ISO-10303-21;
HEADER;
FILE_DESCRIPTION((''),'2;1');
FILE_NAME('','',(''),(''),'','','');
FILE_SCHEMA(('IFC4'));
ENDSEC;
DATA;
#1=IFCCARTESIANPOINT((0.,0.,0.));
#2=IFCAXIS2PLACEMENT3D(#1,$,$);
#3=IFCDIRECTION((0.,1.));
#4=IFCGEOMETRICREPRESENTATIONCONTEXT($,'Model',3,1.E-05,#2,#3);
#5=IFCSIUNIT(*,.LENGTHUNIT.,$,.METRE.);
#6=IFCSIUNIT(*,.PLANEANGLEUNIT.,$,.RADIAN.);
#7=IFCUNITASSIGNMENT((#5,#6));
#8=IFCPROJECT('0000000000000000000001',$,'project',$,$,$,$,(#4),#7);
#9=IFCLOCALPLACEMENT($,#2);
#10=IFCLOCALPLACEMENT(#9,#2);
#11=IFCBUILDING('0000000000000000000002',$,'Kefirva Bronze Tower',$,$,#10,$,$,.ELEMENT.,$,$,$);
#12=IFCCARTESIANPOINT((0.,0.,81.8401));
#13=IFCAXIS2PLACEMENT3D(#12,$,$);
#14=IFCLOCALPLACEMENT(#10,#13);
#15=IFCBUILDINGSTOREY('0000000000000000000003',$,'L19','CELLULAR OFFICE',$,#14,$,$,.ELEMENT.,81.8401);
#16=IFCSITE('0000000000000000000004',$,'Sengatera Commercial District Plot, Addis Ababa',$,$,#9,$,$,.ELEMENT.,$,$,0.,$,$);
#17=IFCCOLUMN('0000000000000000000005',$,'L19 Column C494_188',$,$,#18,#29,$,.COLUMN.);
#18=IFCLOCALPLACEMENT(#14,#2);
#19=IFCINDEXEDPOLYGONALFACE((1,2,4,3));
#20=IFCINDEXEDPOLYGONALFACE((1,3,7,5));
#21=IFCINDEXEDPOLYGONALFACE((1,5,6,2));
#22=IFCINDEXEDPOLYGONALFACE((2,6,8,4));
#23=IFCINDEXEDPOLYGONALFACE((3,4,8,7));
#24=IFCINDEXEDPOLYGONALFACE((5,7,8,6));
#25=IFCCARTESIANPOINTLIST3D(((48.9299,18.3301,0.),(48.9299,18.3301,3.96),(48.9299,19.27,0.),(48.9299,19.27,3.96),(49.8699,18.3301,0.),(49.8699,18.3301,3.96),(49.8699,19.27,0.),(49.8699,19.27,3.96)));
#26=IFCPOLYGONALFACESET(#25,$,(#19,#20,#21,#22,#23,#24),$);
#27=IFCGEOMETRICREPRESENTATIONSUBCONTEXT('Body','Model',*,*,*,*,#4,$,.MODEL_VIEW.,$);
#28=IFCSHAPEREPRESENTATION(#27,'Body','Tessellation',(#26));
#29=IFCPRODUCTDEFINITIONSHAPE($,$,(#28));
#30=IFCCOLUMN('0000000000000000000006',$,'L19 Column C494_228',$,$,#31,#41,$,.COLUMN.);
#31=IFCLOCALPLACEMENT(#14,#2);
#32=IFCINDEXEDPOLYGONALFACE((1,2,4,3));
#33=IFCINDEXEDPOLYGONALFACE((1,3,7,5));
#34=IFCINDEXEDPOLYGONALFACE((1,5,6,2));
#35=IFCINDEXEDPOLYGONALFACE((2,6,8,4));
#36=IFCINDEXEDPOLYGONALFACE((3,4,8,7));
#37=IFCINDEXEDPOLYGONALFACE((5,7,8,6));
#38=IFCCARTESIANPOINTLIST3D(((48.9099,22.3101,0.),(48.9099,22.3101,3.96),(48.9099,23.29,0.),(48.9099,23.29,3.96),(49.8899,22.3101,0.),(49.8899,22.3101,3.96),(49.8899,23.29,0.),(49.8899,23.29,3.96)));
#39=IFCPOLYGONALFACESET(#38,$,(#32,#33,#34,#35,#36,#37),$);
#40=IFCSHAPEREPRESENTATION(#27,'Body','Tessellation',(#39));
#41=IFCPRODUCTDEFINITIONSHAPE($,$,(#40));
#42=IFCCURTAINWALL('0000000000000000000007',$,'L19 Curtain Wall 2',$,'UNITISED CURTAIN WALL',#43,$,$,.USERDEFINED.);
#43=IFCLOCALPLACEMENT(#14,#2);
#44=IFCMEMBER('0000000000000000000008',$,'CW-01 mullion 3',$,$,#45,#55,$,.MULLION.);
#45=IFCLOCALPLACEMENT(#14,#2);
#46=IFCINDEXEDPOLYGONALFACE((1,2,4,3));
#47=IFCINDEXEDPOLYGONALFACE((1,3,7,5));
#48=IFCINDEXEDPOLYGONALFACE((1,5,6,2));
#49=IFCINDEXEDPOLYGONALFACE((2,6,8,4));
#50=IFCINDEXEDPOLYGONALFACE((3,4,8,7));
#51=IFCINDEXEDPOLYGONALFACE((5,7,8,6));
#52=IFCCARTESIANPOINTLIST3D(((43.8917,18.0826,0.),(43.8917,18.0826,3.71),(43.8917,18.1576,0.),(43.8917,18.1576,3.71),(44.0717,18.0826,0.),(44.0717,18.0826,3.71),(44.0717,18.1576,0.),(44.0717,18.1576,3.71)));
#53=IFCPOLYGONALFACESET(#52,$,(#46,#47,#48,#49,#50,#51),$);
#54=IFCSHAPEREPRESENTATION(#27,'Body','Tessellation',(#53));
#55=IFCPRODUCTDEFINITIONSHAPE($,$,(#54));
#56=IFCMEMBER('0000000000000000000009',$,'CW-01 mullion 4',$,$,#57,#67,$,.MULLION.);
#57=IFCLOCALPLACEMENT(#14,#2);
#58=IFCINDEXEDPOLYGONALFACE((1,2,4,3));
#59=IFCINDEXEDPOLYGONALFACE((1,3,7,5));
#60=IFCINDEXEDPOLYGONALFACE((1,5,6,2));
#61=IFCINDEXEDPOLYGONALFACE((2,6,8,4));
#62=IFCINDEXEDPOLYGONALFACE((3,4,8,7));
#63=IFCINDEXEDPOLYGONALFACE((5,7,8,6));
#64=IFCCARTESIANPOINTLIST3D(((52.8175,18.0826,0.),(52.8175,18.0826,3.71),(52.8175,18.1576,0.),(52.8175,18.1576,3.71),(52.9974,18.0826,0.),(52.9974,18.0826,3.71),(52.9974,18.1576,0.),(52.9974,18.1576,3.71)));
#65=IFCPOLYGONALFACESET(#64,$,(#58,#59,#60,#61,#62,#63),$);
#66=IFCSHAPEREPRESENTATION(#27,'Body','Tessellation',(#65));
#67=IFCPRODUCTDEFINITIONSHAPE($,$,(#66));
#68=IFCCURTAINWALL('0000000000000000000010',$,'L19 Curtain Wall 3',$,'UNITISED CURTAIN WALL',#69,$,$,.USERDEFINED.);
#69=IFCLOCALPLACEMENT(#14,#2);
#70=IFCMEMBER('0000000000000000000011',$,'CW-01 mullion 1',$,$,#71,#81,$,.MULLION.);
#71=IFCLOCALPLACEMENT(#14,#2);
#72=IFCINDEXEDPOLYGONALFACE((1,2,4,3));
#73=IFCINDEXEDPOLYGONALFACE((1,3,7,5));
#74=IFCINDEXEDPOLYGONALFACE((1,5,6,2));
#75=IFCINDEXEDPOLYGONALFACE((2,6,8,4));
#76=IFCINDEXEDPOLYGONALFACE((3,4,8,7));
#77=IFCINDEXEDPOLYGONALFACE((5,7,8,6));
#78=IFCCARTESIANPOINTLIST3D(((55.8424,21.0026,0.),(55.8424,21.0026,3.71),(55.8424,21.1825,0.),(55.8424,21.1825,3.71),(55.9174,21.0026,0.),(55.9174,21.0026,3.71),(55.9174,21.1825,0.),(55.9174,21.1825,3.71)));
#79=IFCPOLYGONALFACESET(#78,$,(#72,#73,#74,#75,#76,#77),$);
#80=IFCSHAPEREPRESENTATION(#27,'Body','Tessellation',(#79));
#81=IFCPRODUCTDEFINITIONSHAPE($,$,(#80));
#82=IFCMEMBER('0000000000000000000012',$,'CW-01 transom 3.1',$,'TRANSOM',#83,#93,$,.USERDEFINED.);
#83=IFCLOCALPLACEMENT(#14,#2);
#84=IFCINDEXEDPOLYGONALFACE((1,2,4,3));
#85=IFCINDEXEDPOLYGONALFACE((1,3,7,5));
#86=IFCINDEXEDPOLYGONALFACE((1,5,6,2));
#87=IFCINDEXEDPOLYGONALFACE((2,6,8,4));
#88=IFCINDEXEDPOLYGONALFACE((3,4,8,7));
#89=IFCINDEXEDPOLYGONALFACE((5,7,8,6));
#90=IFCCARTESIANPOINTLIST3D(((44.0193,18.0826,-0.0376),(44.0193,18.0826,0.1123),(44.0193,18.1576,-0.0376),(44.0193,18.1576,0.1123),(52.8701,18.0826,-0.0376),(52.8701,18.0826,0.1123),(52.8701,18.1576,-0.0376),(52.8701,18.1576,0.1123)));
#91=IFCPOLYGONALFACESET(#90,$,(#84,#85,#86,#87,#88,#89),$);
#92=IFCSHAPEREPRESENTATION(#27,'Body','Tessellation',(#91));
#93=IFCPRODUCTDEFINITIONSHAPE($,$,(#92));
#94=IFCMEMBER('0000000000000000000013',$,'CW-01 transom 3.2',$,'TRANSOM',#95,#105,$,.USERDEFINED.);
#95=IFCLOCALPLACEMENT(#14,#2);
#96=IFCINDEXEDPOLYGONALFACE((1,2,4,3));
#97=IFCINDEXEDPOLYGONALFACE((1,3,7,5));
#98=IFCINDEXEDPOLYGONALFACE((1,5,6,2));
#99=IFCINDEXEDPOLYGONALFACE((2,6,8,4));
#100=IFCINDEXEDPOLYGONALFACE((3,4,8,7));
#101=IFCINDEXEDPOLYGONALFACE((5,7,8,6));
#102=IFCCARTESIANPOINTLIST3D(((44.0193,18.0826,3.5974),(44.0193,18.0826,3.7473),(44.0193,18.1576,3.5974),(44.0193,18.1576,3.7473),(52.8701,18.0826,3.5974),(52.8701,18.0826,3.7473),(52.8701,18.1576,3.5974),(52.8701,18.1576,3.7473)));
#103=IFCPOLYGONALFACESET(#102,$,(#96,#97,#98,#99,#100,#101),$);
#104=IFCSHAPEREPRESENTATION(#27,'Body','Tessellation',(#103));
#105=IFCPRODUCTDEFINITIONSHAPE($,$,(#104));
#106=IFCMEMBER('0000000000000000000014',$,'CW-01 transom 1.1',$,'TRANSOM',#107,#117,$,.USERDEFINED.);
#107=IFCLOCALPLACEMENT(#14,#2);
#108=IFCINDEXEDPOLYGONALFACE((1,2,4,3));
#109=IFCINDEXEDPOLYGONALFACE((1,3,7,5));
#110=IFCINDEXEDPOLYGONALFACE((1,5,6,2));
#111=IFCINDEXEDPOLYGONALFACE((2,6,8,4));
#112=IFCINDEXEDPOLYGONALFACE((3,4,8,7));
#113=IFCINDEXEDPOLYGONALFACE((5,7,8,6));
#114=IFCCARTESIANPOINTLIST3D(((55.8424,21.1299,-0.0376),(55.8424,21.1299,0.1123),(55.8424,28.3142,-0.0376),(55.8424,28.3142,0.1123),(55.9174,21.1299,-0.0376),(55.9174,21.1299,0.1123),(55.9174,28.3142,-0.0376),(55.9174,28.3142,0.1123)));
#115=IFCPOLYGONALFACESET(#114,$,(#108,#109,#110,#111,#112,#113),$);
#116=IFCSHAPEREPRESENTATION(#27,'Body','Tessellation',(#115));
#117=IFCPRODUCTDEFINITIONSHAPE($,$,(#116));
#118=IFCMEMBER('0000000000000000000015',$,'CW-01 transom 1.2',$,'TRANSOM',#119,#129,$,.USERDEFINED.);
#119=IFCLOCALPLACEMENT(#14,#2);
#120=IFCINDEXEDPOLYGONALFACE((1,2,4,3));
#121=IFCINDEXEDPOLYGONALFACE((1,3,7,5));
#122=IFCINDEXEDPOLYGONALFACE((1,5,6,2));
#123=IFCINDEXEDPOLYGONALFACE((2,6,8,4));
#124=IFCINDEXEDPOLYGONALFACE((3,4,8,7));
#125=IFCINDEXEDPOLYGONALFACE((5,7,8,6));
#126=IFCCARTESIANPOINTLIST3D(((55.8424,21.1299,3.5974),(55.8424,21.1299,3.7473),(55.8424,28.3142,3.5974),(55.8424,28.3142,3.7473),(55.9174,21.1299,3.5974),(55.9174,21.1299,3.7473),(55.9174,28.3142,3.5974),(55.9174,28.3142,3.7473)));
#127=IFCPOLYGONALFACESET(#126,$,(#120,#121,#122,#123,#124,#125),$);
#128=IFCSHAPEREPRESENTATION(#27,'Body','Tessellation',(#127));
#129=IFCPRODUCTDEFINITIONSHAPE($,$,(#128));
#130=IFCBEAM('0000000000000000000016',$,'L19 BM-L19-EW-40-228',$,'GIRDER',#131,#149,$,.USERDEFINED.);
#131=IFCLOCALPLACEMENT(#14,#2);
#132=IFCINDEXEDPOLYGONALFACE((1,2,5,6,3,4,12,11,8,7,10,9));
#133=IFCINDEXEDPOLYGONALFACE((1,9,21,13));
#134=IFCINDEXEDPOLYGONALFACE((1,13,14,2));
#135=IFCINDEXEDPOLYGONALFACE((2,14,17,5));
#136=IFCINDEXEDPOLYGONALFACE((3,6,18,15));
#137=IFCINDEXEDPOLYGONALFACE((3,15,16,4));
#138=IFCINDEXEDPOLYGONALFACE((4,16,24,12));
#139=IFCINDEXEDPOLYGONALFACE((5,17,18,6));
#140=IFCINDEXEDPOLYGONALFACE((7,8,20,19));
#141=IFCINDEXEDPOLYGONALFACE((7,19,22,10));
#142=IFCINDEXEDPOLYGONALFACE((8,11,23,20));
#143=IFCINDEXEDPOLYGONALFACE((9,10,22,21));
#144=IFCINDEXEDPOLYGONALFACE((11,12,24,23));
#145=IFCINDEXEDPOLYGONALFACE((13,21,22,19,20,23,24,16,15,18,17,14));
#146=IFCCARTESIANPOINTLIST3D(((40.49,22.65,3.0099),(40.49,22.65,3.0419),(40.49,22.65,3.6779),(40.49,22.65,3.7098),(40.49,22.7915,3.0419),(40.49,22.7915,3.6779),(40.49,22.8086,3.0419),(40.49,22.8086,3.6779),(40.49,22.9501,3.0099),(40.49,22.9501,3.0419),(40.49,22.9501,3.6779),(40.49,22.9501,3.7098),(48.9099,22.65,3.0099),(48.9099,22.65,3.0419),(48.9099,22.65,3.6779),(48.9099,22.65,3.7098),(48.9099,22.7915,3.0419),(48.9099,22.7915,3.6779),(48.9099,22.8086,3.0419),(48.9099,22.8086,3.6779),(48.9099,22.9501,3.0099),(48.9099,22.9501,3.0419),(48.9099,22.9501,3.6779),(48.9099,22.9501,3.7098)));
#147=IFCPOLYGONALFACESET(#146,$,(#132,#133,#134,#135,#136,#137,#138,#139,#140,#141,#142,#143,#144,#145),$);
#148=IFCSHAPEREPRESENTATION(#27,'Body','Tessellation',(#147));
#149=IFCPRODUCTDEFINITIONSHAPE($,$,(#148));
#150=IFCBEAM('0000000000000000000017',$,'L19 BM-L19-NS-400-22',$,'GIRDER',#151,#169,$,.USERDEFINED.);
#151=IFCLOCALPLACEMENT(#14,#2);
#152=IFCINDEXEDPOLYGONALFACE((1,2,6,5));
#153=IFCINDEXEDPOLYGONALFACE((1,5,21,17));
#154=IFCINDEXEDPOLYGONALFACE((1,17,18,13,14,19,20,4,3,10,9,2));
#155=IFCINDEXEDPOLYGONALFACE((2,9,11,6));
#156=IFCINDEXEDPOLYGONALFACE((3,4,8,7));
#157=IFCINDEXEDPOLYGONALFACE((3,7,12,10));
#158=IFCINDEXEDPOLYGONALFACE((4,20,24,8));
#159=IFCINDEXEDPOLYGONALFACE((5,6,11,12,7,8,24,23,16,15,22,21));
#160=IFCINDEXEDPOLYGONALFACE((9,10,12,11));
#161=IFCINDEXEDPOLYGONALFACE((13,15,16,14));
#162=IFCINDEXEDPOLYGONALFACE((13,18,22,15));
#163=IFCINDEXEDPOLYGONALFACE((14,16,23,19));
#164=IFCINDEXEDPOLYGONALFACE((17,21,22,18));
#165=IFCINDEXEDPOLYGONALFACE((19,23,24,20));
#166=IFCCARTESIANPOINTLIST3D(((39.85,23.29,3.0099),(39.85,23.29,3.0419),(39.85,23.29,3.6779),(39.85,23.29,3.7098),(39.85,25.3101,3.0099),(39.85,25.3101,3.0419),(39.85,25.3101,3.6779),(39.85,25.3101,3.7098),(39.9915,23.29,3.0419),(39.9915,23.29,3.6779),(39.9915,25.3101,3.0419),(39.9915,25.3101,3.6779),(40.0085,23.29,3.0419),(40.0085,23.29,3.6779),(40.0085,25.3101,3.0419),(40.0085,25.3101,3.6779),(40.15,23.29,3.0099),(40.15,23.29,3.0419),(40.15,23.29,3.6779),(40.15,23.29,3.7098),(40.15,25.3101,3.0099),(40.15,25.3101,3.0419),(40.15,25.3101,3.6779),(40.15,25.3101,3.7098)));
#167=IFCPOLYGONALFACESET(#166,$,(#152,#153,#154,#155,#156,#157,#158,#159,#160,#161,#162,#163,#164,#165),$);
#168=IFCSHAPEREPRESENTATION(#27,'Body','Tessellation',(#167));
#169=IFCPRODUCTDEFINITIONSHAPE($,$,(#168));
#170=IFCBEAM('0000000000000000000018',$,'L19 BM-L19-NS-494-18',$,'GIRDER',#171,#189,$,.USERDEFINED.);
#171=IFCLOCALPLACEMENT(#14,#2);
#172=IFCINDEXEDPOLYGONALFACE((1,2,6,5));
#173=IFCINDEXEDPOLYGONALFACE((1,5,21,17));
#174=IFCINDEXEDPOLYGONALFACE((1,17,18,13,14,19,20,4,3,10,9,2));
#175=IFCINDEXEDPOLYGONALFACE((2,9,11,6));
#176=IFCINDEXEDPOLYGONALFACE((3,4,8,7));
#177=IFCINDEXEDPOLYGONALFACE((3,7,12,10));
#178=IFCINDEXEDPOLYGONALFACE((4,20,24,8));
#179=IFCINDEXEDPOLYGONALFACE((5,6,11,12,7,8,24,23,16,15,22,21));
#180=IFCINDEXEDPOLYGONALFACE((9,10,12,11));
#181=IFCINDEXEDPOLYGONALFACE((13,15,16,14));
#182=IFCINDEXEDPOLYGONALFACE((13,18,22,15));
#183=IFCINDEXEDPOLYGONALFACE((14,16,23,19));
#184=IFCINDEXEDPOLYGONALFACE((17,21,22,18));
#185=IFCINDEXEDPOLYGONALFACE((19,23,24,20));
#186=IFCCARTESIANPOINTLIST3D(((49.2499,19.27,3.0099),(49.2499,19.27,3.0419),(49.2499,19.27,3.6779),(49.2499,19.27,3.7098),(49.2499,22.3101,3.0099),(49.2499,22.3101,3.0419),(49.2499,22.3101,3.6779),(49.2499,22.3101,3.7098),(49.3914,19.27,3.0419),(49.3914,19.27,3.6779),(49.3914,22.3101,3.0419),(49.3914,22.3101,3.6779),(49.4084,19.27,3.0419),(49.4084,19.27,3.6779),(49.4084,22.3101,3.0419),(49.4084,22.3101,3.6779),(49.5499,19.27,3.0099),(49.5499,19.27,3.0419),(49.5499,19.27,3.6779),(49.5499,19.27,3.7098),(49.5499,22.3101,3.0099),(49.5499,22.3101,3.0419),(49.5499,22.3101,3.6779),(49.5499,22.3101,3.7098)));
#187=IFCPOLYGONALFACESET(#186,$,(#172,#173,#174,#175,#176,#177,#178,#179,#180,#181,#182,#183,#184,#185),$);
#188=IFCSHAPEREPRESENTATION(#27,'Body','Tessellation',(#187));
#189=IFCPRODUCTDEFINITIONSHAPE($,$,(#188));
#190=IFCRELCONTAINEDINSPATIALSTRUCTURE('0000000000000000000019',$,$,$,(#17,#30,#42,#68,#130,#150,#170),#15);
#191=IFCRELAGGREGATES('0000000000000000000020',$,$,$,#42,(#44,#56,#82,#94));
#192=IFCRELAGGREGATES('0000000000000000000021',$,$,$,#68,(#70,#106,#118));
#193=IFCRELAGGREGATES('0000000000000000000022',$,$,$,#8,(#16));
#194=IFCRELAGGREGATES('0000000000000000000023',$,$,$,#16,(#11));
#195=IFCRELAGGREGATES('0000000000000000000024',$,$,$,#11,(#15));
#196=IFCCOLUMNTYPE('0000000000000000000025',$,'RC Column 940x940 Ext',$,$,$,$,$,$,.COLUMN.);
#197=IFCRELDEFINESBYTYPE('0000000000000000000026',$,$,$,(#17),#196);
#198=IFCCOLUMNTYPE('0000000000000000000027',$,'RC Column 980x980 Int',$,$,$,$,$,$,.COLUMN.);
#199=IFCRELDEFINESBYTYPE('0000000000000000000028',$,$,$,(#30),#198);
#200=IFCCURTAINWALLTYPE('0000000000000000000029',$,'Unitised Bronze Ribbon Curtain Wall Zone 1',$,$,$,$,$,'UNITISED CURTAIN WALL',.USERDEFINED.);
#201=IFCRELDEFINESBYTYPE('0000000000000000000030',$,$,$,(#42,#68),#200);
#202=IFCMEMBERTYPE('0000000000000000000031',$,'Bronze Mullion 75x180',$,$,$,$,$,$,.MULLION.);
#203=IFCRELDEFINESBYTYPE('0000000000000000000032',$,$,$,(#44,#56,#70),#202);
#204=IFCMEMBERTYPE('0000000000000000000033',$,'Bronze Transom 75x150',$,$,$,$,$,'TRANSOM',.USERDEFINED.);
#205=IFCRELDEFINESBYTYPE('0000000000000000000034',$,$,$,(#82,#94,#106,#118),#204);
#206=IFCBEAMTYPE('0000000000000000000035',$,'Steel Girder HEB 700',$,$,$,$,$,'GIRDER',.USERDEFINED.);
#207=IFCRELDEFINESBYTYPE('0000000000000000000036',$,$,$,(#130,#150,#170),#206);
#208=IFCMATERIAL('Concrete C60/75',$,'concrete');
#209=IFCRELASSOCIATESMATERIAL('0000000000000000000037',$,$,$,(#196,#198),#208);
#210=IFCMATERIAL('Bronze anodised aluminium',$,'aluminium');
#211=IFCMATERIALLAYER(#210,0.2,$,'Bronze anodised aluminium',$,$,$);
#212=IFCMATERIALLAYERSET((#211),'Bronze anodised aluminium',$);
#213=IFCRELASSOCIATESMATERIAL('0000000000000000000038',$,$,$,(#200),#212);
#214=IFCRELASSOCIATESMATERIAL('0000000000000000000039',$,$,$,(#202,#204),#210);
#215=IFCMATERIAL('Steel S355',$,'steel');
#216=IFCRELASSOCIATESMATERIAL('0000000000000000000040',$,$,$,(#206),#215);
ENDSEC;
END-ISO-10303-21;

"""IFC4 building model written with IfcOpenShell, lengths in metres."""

from ifc_helpers import new_model, si_unit, direction, frame, origin, origin_2d, place, context, subcontext, project, spatial, rectangle, i_section, extrude, material, layer, layer_set, material_profile, profile_set, type_object, element, aggregate, save


model = new_model("IFC4")

# Units and contexts
model_context = context("Model", 3, precision=1e-05, world=origin(), true_north=direction((0.0, 1.0)))
body_context = subcontext(model_context, "Body", "Model", "MODEL_VIEW")
ifc_project = project(units=[si_unit("LENGTHUNIT", "METRE"), si_unit("PLANEANGLEUNIT", "RADIAN")], contexts=[model_context])

# Site, building, storey
site_placement = place(None, origin())
site = spatial("IfcSite", under=ifc_project, at=site_placement, Name="Sengatera Commercial District Plot, Addis Ababa", CompositionType="ELEMENT", RefElevation=0.0)
building_placement = place(site_placement, origin())
building = spatial("IfcBuilding", under=site, at=building_placement, Name="Kefirva Bronze Tower", CompositionType="ELEMENT")
storey_placement = place(building_placement, frame((0.0, 0.0, 81.8401)))
storey = spatial("IfcBuildingStorey", under=building, at=storey_placement, Name="L19", Description="CELLULAR OFFICE", CompositionType="ELEMENT", Elevation=81.8401)

# Columns
ifc_material_1 = material(Name="Concrete C60/75", Category="concrete")
ifc_material_profile_1 = material_profile(ifc_material_1, rectangle(XDim=0.9399, YDim=0.9399, at=origin_2d()), Name="RC 940x940")
ifc_profile_set_1 = profile_set([ifc_material_profile_1], Name="Concrete C60/75")
column_type_1 = type_object("IfcColumnType", Name="RC Column 940x940 Ext", PredefinedType="COLUMN", material=ifc_profile_set_1)
column_1_placement = place(storey_placement, frame((49.3999, 18.8, 0.0), z_axis=(0.0, 0.0, 1.0), x_axis=(1.0, 0.0, 0.0)))
element("IfcColumn", 1, at=column_1_placement, inside=storey, type_object=column_type_1, Name="L19 Column C494_188", PredefinedType="COLUMN", context=body_context, shape_type="SweptSolid", body=[
    extrude(rectangle(XDim=0.9399, YDim=0.9399, at=origin_2d()), origin(), (0.0, 0.0, 1.0), 3.96),
])
ifc_material_profile_2 = material_profile(ifc_material_1, rectangle(XDim=0.98, YDim=0.98, at=origin_2d()), Name="RC 980x980")
ifc_profile_set_2 = profile_set([ifc_material_profile_2], Name="Concrete C60/75")
column_type_2 = type_object("IfcColumnType", Name="RC Column 980x980 Int", PredefinedType="COLUMN", material=ifc_profile_set_2)
column_2_placement = place(storey_placement, frame((49.3999, 22.8, 0.0), z_axis=(0.0, 0.0, 1.0), x_axis=(1.0, 0.0, 0.0)))
element("IfcColumn", 2, at=column_2_placement, inside=storey, type_object=column_type_2, Name="L19 Column C494_228", PredefinedType="COLUMN", context=body_context, shape_type="SweptSolid", body=[
    extrude(rectangle(XDim=0.98, YDim=0.98, at=origin_2d()), origin(), (0.0, 0.0, 1.0), 3.96),
])

# Curtain wall, members
ifc_material_2 = material(Name="Bronze anodised aluminium", Category="aluminium")
ifc_layer_1 = layer(ifc_material_2, 0.2, Name="Bronze anodised aluminium")
ifc_layer_set_1 = layer_set([ifc_layer_1], Name="Bronze anodised aluminium")
curtain_wall_type = type_object("IfcCurtainWallType", Name="Unitised Bronze Ribbon Curtain Wall Zone 1", ElementType="UNITISED CURTAIN WALL", PredefinedType="USERDEFINED", material=ifc_layer_set_1)
curtain_wall_1_placement = place(storey_placement, origin())
curtain_wall_1 = element("IfcCurtainWall", 3, at=curtain_wall_1_placement, inside=storey, type_object=curtain_wall_type, Name="L19 Curtain Wall 2", ObjectType="UNITISED CURTAIN WALL", PredefinedType="USERDEFINED")
ifc_material_profile_3 = material_profile(ifc_material_2, rectangle(XDim=0.075, YDim=0.1799, at=origin_2d()), Name="ALU 75x180")
ifc_profile_set_3 = profile_set([ifc_material_profile_3], Name="Bronze anodised aluminium")
member_type_1 = type_object("IfcMemberType", Name="Bronze Mullion 75x180", PredefinedType="MULLION", material=ifc_profile_set_3)
member_1_placement = place(storey_placement, frame((43.9817, 18.1201, 0.0), z_axis=(0.0, 0.0, 1.0), x_axis=(0.0, 1.0, 0.0)))
member_1 = element("IfcMember", 4, at=member_1_placement, type_object=member_type_1, Name="CW-01 mullion 3", PredefinedType="MULLION", context=body_context, shape_type="SweptSolid", body=[
    extrude(rectangle(XDim=0.075, YDim=0.1799, at=origin_2d()), origin(), (0.0, 0.0, 1.0), 3.71),
])
member_2_placement = place(storey_placement, frame((52.9075, 18.1201, 0.0), z_axis=(0.0, 0.0, 1.0), x_axis=(0.0, 1.0, 0.0)))
member_2 = element("IfcMember", 5, at=member_2_placement, type_object=member_type_1, Name="CW-01 mullion 4", PredefinedType="MULLION", context=body_context, shape_type="SweptSolid", body=[
    extrude(rectangle(XDim=0.075, YDim=0.1799, at=origin_2d()), origin(), (0.0, 0.0, 1.0), 3.71),
])

# Curtain wall, member
curtain_wall_2_placement = place(storey_placement, origin())
curtain_wall_2 = element("IfcCurtainWall", 6, at=curtain_wall_2_placement, inside=storey, type_object=curtain_wall_type, Name="L19 Curtain Wall 3", ObjectType="UNITISED CURTAIN WALL", PredefinedType="USERDEFINED")
member_3_placement = place(storey_placement, frame((55.8799, 21.0925, 0.0), z_axis=(0.0, 0.0, 1.0), x_axis=(-1.0, 0.0, 0.0)))
member_3 = element("IfcMember", 7, at=member_3_placement, type_object=member_type_1, Name="CW-01 mullion 1", PredefinedType="MULLION", context=body_context, shape_type="SweptSolid", body=[
    extrude(rectangle(XDim=0.075, YDim=0.1799, at=origin_2d()), origin(), (0.0, 0.0, 1.0), 3.71),
])

# Members
ifc_material_profile_4 = material_profile(ifc_material_2, rectangle(XDim=0.075, YDim=0.1499, at=origin_2d()), Name="ALU 75x150")
ifc_profile_set_4 = profile_set([ifc_material_profile_4], Name="Bronze anodised aluminium")
member_type_2 = type_object("IfcMemberType", Name="Bronze Transom 75x150", ElementType="TRANSOM", PredefinedType="USERDEFINED", material=ifc_profile_set_4)
member_4_placement = place(storey_placement, frame((44.0193, 18.1201, 0.0374), z_axis=(1.0, 0.0, 0.0), x_axis=(0.0, 1.0, 0.0)))
member_4 = element("IfcMember", 8, at=member_4_placement, type_object=member_type_2, Name="CW-01 transom 3.1", ObjectType="TRANSOM", PredefinedType="USERDEFINED", context=body_context, shape_type="SweptSolid", body=[
    extrude(rectangle(XDim=0.075, YDim=0.1499, at=origin_2d()), origin(), (0.0, 0.0, 1.0), 8.8508),
])
member_5_placement = place(storey_placement, frame((44.0193, 18.1201, 3.6724), z_axis=(1.0, 0.0, 0.0), x_axis=(0.0, 1.0, 0.0)))
member_5 = element("IfcMember", 9, at=member_5_placement, type_object=member_type_2, Name="CW-01 transom 3.2", ObjectType="TRANSOM", PredefinedType="USERDEFINED", context=body_context, shape_type="SweptSolid", body=[
    extrude(rectangle(XDim=0.075, YDim=0.1499, at=origin_2d()), origin(), (0.0, 0.0, 1.0), 8.8508),
])
member_6_placement = place(storey_placement, frame((55.8799, 21.1299, 0.0374), z_axis=(0.0, 1.0, 0.0), x_axis=(-1.0, 0.0, 0.0)))
member_6 = element("IfcMember", 10, at=member_6_placement, type_object=member_type_2, Name="CW-01 transom 1.1", ObjectType="TRANSOM", PredefinedType="USERDEFINED", context=body_context, shape_type="SweptSolid", body=[
    extrude(rectangle(XDim=0.075, YDim=0.1499, at=origin_2d()), origin(), (0.0, 0.0, 1.0), 7.1843),
])
member_7_placement = place(storey_placement, frame((55.8799, 21.1299, 3.6724), z_axis=(0.0, 1.0, 0.0), x_axis=(-1.0, 0.0, 0.0)))
member_7 = element("IfcMember", 11, at=member_7_placement, type_object=member_type_2, Name="CW-01 transom 1.2", ObjectType="TRANSOM", PredefinedType="USERDEFINED", context=body_context, shape_type="SweptSolid", body=[
    extrude(rectangle(XDim=0.075, YDim=0.1499, at=origin_2d()), origin(), (0.0, 0.0, 1.0), 7.1843),
])

# Beams
ifc_material_3 = material(Name="Steel S355", Category="steel")
ifc_material_profile_5 = material_profile(ifc_material_3, i_section(OverallWidth=0.3, OverallDepth=0.7, WebThickness=0.0171, FlangeThickness=0.032, at=origin_2d()), Name="HEB 700")
ifc_profile_set_5 = profile_set([ifc_material_profile_5], Name="Steel S355")
beam_type_1 = type_object("IfcBeamType", Name="Steel Girder HEB 700", ElementType="GIRDER", PredefinedType="USERDEFINED", material=ifc_profile_set_5)
beam_1_placement = place(storey_placement, frame((40.49, 22.8, 3.3599), z_axis=(1.0, 0.0, 0.0), x_axis=(0.0, 1.0, 0.0)))
element("IfcBeam", 12, at=beam_1_placement, inside=storey, type_object=beam_type_1, Name="L19 BM-L19-EW-40-228", ObjectType="GIRDER", PredefinedType="USERDEFINED", context=body_context, shape_type="SweptSolid", body=[
    extrude(i_section(OverallWidth=0.3, OverallDepth=0.7, WebThickness=0.0171, FlangeThickness=0.032, at=origin_2d()), origin(), (0.0, 0.0, 1.0), 8.4199),
])
beam_2_placement = place(storey_placement, frame((40.0, 23.29, 3.3599), z_axis=(0.0, 1.0, 0.0), x_axis=(-1.0, 0.0, 0.0)))
element("IfcBeam", 13, at=beam_2_placement, inside=storey, type_object=beam_type_1, Name="L19 BM-L19-NS-400-22", ObjectType="GIRDER", PredefinedType="USERDEFINED", context=body_context, shape_type="SweptSolid", body=[
    extrude(i_section(OverallWidth=0.3, OverallDepth=0.7, WebThickness=0.0171, FlangeThickness=0.032, at=origin_2d()), origin(), (0.0, 0.0, 1.0), 2.02),
])
beam_3_placement = place(storey_placement, frame((49.3999, 19.27, 3.3599), z_axis=(0.0, 1.0, 0.0), x_axis=(-1.0, 0.0, 0.0)))
element("IfcBeam", 14, at=beam_3_placement, inside=storey, type_object=beam_type_1, Name="L19 BM-L19-NS-494-18", ObjectType="GIRDER", PredefinedType="USERDEFINED", context=body_context, shape_type="SweptSolid", body=[
    extrude(i_section(OverallWidth=0.3, OverallDepth=0.7, WebThickness=0.0171, FlangeThickness=0.032, at=origin_2d()), origin(), (0.0, 0.0, 1.0), 3.04),
])

aggregate(curtain_wall_1, [member_1, member_2, member_4, member_5])
aggregate(curtain_wall_2, [member_3, member_6, member_7])

save(model, "model.ifc")
